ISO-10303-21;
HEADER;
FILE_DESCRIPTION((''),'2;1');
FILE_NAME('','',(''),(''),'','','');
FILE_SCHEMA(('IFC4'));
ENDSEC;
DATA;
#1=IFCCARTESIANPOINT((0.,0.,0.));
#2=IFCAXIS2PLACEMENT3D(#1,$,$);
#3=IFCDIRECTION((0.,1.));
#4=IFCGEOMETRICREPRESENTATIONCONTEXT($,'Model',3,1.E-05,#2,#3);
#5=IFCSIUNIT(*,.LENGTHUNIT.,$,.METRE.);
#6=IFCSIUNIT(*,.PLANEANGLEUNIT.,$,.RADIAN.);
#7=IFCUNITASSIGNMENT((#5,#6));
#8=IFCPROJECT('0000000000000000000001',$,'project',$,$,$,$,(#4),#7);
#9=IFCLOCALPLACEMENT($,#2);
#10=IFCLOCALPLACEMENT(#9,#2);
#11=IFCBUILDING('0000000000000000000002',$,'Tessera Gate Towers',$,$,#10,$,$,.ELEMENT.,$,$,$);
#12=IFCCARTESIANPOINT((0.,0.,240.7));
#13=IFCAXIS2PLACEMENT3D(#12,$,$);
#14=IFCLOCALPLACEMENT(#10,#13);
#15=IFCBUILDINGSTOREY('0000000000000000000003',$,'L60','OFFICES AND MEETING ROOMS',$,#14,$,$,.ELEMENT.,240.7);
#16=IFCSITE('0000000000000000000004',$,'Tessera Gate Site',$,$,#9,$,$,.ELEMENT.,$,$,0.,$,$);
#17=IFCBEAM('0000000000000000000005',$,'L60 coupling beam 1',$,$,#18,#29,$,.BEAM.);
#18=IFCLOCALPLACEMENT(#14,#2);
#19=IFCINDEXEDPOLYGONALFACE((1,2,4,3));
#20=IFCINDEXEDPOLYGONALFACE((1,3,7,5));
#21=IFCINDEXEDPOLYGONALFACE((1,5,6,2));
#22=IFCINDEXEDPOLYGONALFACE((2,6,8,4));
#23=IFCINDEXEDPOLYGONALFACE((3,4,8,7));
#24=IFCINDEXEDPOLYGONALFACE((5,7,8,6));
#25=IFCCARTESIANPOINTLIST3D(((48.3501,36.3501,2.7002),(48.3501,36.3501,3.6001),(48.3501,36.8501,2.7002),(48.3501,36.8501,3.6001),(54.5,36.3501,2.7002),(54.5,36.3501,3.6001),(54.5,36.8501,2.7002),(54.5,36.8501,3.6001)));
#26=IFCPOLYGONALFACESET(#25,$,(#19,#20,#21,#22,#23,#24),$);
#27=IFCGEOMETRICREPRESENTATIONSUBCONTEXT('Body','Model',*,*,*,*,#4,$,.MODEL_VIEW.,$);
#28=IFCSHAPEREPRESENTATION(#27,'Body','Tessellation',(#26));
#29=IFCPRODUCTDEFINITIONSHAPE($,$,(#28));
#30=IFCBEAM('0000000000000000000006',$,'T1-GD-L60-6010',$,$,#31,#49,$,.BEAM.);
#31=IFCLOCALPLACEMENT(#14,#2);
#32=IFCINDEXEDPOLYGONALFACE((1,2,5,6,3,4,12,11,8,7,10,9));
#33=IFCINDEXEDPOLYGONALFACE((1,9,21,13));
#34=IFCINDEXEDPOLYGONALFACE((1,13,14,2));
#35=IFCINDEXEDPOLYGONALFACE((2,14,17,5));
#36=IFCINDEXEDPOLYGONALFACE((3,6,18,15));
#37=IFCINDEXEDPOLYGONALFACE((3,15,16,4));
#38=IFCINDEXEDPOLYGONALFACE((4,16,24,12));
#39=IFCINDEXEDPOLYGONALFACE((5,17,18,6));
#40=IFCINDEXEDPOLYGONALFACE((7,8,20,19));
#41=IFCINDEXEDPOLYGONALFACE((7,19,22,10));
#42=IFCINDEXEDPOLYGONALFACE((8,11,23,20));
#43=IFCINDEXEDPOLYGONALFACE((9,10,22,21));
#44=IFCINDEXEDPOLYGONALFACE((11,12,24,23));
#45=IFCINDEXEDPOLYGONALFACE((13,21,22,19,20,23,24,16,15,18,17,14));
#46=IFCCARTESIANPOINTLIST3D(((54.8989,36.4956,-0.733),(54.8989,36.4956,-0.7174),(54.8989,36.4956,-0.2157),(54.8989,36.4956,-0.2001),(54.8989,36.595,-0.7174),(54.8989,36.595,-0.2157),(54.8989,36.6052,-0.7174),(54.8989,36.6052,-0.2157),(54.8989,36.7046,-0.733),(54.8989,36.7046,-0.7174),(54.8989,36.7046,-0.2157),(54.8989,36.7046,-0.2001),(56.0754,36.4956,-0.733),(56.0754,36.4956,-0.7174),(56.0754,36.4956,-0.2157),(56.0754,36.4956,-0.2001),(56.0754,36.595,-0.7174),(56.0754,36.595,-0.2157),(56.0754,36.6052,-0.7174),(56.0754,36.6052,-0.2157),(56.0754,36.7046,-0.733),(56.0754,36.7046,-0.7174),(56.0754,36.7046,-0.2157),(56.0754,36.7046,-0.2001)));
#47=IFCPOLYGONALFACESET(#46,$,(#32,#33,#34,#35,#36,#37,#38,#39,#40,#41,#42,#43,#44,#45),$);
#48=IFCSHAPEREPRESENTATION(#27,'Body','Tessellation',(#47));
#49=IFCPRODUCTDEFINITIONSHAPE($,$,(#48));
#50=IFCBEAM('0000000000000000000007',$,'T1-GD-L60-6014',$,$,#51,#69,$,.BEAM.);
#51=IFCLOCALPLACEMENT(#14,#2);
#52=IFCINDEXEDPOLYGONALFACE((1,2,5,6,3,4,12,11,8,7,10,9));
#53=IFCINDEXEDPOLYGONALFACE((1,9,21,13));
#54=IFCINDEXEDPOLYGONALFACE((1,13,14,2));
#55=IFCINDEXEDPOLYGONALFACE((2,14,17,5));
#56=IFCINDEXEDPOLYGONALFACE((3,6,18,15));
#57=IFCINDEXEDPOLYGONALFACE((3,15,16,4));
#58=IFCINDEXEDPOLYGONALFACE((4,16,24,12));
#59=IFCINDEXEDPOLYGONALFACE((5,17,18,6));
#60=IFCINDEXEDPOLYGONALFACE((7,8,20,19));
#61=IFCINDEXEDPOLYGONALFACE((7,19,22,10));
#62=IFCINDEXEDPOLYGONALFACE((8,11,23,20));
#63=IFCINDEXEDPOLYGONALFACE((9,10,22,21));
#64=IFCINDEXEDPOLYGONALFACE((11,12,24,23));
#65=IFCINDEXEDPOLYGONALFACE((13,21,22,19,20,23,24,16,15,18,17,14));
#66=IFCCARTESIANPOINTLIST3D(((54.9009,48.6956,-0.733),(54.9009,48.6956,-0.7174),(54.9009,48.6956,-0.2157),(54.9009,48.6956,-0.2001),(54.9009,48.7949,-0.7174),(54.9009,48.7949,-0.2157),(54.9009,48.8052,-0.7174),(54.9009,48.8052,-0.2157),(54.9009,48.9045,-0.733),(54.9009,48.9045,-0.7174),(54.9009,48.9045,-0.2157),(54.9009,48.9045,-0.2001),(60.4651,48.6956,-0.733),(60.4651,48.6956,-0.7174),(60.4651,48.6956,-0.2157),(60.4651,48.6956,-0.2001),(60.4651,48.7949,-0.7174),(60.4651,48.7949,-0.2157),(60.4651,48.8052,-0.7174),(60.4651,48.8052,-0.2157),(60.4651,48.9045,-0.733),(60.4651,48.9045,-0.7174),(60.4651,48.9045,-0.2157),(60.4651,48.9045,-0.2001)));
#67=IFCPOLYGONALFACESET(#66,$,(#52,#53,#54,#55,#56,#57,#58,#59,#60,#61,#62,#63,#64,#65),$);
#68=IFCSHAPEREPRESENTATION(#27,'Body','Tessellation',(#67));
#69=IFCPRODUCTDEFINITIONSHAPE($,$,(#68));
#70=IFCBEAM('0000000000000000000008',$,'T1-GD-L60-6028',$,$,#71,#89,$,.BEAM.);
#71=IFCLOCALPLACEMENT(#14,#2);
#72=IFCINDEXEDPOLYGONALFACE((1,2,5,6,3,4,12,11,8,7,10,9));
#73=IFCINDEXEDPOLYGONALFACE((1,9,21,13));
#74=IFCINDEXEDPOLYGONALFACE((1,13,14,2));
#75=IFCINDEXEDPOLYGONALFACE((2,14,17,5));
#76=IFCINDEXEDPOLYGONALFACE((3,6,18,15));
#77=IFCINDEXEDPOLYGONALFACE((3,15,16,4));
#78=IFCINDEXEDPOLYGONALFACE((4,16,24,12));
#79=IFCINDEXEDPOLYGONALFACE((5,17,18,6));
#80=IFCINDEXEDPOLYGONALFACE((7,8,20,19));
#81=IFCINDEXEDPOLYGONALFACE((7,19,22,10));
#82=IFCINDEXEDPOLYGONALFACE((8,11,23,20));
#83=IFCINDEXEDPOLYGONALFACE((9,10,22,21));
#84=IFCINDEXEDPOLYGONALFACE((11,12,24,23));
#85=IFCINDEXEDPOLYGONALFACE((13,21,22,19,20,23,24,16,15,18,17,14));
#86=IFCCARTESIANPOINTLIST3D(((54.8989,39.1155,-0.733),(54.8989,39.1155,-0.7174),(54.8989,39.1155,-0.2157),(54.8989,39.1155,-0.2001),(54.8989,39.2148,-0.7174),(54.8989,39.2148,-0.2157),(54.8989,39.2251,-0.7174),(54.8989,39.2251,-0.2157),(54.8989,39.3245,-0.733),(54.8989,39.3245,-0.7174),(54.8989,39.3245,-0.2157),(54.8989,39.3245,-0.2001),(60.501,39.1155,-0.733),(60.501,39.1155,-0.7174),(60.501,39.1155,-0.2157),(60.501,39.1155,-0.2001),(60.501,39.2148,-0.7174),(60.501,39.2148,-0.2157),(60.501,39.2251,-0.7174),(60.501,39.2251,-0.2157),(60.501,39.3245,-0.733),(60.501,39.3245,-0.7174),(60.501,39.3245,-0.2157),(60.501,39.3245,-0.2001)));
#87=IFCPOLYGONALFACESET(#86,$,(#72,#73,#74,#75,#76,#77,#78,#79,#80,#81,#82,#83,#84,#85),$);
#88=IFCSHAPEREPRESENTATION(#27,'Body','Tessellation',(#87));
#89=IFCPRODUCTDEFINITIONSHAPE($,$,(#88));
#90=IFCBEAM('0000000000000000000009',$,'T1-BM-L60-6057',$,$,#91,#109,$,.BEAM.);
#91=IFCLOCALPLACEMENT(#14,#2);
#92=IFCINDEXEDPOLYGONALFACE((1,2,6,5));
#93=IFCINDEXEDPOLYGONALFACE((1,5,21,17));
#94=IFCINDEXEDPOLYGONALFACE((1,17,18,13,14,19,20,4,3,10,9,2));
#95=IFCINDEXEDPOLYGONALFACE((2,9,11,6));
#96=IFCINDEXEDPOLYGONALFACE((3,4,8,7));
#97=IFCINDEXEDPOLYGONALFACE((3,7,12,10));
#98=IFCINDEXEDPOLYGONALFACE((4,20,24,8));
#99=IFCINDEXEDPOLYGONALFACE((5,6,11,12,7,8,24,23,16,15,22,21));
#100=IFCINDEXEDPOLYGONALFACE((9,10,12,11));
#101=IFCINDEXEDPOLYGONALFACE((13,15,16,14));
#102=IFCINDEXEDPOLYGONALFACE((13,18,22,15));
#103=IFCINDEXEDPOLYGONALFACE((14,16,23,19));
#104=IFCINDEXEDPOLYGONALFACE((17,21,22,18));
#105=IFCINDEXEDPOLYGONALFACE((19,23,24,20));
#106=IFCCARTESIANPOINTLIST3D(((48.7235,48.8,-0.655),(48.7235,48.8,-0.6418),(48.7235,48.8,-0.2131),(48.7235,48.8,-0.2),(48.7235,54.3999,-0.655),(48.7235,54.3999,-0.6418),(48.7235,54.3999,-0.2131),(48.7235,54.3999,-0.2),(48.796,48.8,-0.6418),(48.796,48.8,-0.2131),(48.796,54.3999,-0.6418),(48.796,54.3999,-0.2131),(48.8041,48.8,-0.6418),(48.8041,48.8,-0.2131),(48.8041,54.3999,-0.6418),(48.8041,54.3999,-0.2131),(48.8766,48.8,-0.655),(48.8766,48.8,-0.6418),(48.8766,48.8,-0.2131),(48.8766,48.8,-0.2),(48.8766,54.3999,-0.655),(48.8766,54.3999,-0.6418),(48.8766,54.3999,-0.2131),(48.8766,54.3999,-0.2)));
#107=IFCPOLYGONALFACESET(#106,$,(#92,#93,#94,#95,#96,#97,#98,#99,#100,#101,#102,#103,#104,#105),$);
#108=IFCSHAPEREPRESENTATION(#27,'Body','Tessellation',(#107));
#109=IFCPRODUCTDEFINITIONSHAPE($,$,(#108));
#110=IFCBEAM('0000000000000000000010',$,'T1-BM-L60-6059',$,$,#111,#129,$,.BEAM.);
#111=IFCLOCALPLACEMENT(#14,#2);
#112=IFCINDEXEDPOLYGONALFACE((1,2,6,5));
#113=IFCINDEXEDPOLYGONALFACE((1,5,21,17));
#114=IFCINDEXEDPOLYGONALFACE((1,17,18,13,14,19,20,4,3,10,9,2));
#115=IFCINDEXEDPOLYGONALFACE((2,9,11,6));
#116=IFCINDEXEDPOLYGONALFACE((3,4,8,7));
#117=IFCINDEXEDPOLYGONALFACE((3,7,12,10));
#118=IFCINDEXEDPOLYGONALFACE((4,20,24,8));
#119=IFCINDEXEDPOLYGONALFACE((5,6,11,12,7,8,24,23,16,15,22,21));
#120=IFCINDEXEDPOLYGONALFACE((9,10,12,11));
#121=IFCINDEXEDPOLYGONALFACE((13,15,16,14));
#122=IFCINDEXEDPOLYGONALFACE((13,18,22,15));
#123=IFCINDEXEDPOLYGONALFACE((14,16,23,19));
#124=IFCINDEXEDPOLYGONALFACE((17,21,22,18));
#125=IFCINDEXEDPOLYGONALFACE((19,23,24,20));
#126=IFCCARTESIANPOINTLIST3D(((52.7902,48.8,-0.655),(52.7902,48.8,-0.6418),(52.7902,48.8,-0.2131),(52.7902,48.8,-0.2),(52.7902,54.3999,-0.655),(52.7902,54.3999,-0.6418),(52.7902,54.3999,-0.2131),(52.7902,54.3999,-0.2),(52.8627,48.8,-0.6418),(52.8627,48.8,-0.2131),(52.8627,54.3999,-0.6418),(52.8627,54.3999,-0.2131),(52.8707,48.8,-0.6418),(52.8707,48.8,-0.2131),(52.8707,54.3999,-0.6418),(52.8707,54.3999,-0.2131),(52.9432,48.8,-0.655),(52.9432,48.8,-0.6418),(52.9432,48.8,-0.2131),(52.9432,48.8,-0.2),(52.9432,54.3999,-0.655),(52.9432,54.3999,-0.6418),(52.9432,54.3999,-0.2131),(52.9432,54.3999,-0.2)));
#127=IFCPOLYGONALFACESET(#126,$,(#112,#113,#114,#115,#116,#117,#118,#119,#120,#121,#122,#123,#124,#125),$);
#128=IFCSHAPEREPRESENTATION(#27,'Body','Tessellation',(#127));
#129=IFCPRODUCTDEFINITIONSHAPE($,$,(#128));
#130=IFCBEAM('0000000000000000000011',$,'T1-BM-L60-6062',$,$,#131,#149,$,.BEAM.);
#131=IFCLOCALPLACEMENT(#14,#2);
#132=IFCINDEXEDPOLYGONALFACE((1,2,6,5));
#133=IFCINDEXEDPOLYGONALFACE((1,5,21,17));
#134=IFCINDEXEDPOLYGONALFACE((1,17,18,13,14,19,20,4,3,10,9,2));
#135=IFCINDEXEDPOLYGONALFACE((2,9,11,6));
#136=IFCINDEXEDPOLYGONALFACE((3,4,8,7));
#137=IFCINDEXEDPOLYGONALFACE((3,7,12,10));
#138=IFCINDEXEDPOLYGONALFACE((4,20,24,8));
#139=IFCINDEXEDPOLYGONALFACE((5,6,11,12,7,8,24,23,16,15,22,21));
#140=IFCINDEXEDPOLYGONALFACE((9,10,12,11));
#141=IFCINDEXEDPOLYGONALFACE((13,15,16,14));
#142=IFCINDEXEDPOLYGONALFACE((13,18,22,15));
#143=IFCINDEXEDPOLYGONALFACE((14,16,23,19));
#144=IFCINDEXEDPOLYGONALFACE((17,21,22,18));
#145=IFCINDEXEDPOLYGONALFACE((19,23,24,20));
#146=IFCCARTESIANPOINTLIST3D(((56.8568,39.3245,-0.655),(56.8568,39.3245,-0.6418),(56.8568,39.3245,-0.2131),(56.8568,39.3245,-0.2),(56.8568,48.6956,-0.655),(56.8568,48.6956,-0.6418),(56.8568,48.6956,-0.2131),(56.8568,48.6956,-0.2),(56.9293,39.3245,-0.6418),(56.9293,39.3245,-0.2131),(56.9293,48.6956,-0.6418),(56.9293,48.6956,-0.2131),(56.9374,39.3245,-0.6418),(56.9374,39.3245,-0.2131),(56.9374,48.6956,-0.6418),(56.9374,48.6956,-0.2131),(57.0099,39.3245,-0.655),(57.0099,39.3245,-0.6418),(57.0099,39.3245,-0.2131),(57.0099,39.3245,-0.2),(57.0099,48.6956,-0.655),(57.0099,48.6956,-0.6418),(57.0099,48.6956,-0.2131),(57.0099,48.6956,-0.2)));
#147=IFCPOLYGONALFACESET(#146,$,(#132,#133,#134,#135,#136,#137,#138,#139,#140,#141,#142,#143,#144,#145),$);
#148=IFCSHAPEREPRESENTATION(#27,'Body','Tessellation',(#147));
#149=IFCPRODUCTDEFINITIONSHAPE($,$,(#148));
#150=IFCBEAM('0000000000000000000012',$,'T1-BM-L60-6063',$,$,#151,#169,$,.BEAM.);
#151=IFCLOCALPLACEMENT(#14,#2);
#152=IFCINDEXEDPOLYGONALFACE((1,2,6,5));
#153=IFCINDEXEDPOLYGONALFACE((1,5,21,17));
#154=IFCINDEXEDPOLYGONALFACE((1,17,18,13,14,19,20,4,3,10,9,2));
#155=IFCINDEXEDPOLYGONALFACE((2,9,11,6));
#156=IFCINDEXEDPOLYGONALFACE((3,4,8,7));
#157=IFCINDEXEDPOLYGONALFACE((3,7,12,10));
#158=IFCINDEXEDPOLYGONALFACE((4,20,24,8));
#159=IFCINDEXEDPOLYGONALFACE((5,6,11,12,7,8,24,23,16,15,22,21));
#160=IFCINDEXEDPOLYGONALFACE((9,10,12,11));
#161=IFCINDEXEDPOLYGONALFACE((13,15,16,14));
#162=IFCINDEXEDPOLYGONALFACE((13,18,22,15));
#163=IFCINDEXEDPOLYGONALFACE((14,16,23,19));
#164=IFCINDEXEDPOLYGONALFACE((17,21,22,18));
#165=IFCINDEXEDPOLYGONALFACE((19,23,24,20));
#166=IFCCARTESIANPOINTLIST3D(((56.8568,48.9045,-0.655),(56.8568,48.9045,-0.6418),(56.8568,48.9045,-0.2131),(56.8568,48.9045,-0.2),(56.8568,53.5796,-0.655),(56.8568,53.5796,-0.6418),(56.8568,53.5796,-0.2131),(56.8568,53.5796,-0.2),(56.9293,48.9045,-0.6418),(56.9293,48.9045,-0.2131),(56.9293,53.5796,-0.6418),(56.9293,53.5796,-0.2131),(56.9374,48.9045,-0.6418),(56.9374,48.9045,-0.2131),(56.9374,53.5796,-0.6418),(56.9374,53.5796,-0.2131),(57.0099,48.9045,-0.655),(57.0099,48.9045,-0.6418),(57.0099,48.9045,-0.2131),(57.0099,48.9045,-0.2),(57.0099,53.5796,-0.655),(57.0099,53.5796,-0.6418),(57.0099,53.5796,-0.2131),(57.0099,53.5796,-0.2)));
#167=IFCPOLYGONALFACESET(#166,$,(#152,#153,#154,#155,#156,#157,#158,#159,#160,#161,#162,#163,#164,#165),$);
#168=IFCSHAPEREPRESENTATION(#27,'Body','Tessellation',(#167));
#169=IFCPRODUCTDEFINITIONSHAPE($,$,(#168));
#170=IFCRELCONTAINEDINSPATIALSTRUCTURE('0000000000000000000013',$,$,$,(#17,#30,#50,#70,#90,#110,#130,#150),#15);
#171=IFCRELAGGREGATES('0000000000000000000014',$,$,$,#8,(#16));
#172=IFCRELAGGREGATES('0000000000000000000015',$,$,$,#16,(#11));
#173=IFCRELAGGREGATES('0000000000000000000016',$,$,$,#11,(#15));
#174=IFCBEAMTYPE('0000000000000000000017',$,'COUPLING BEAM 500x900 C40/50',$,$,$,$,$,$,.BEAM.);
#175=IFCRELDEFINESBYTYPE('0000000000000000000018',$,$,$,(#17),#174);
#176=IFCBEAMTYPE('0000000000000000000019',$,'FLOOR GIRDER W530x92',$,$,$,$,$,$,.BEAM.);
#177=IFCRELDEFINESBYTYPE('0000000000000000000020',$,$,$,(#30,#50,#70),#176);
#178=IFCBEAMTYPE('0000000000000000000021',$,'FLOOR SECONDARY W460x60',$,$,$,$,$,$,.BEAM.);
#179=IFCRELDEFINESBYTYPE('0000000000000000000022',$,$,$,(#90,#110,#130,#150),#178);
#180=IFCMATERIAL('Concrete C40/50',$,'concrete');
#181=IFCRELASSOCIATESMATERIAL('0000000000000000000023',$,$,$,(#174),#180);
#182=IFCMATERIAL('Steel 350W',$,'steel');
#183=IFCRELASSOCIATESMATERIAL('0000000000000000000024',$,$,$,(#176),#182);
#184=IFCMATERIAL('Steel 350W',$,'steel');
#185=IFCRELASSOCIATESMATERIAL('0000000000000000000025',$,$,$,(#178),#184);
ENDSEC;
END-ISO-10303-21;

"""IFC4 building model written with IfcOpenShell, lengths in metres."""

from ifc_helpers import new_model, si_unit, direction, frame, origin, origin_2d, place, context, subcontext, project, spatial, rectangle, i_section, extrude, material, material_profile, profile_set, type_object, element, save


model = new_model("IFC4")

# Units and contexts
model_context = context("Model", 3, precision=1e-05, world=origin(), true_north=direction((0.0, 1.0)))
body_context = subcontext(model_context, "Body", "Model", "MODEL_VIEW")
ifc_project = project(units=[si_unit("LENGTHUNIT", "METRE"), si_unit("PLANEANGLEUNIT", "RADIAN")], contexts=[model_context])

# Site, building, storey
site_placement = place(None, origin())
site = spatial("IfcSite", under=ifc_project, at=site_placement, Name="Tessera Gate Site", CompositionType="ELEMENT", RefElevation=0.0)
building_placement = place(site_placement, origin())
building = spatial("IfcBuilding", under=site, at=building_placement, Name="Tessera Gate Towers", CompositionType="ELEMENT")
storey_placement = place(building_placement, frame((0.0, 0.0, 240.7)))
storey = spatial("IfcBuildingStorey", under=building, at=storey_placement, Name="L60", Description="OFFICES AND MEETING ROOMS", CompositionType="ELEMENT", Elevation=240.7)

# Beams
ifc_material_1 = material(Name="Concrete C40/50", Category="concrete")
ifc_material_profile_1 = material_profile(ifc_material_1, rectangle(XDim=0.5, YDim=0.8999, at=origin_2d()), Name="RC 500x900")
ifc_profile_set_1 = profile_set([ifc_material_profile_1], Name="Concrete C40/50")
beam_type_1 = type_object("IfcBeamType", Name="COUPLING BEAM 500x900 C40/50", PredefinedType="BEAM", material=ifc_profile_set_1)
beam_1_placement = place(storey_placement, frame((48.3501, 36.6001, 3.1501), z_axis=(1.0, 0.0, 0.0), x_axis=(0.0, 1.0, 0.0)))
element("IfcBeam", 1, at=beam_1_placement, inside=storey, type_object=beam_type_1, Name="L60 coupling beam 1", PredefinedType="BEAM", context=body_context, shape_type="SweptSolid", body=[
    extrude(rectangle(XDim=0.5, YDim=0.8999, at=origin_2d()), origin(), (0.0, 0.0, 1.0), 6.1499),
])
ifc_material_2 = material(Name="Steel 350W", Category="steel")
ifc_material_profile_2 = material_profile(ifc_material_2, i_section(OverallWidth=0.209, OverallDepth=0.533, WebThickness=0.0103, FlangeThickness=0.0156, at=origin_2d()), Name="W530x92")
ifc_profile_set_2 = profile_set([ifc_material_profile_2], Name="Steel 350W")
beam_type_2 = type_object("IfcBeamType", Name="FLOOR GIRDER W530x92", PredefinedType="BEAM", material=ifc_profile_set_2)
beam_2_placement = place(storey_placement, frame((54.8989, 36.6001, -0.4666), z_axis=(1.0, 0.0, 0.0), x_axis=(0.0, 1.0, 0.0)))
element("IfcBeam", 2, at=beam_2_placement, inside=storey, type_object=beam_type_2, Name="T1-GD-L60-6010", PredefinedType="BEAM", context=body_context, shape_type="SweptSolid", body=[
    extrude(i_section(OverallWidth=0.209, OverallDepth=0.533, WebThickness=0.0103, FlangeThickness=0.0156, at=origin_2d()), origin(), (0.0, 0.0, 1.0), 1.1765),
])
beam_3_placement = place(storey_placement, frame((54.9009, 48.8, -0.4666), z_axis=(1.0, 0.0, 0.0), x_axis=(0.0, 1.0, 0.0)))
element("IfcBeam", 3, at=beam_3_placement, inside=storey, type_object=beam_type_2, Name="T1-GD-L60-6014", PredefinedType="BEAM", context=body_context, shape_type="SweptSolid", body=[
    extrude(i_section(OverallWidth=0.209, OverallDepth=0.533, WebThickness=0.0103, FlangeThickness=0.0156, at=origin_2d()), origin(), (0.0, 0.0, 1.0), 5.5642),
])
beam_4_placement = place(storey_placement, frame((54.8989, 39.22, -0.4666), z_axis=(1.0, 0.0, 0.0), x_axis=(0.0, 1.0, 0.0)))
element("IfcBeam", 4, at=beam_4_placement, inside=storey, type_object=beam_type_2, Name="T1-GD-L60-6028", PredefinedType="BEAM", context=body_context, shape_type="SweptSolid", body=[
    extrude(i_section(OverallWidth=0.209, OverallDepth=0.533, WebThickness=0.0103, FlangeThickness=0.0156, at=origin_2d()), origin(), (0.0, 0.0, 1.0), 5.6021),
])
ifc_material_3 = material(Name="Steel 350W", Category="steel")
ifc_material_profile_3 = material_profile(ifc_material_3, i_section(OverallWidth=0.1531, OverallDepth=0.4551, WebThickness=0.0081, FlangeThickness=0.0132, at=origin_2d()), Name="W460x60")
ifc_profile_set_3 = profile_set([ifc_material_profile_3], Name="Steel 350W")
beam_type_3 = type_object("IfcBeamType", Name="FLOOR SECONDARY W460x60", PredefinedType="BEAM", material=ifc_profile_set_3)
for number, where, z_axis, x_axis, name in (
    (5, (48.8, 48.8, -0.4275), (0.0, 1.0, 0.0), (-1.0, 0.0, 0.0), "T1-BM-L60-6057"),
    (6, (52.8667, 48.8, -0.4275), (0.0, 1.0, 0.0), (-1.0, 0.0, 0.0), "T1-BM-L60-6059"),
):
    element("IfcBeam", number, at=place(storey_placement, frame(where, z_axis=z_axis, x_axis=x_axis)), inside=storey, type_object=beam_type_3, Name=name, PredefinedType="BEAM", context=body_context, shape_type="SweptSolid", body=[
        extrude(i_section(OverallWidth=0.1531, OverallDepth=0.4551, WebThickness=0.0081, FlangeThickness=0.0132, at=origin_2d()), origin(), (0.0, 0.0, 1.0), 5.5999),
    ])
beam_5_placement = place(storey_placement, frame((56.9333, 39.3245, -0.4275), z_axis=(0.0, 1.0, 0.0), x_axis=(-1.0, 0.0, 0.0)))
element("IfcBeam", 7, at=beam_5_placement, inside=storey, type_object=beam_type_3, Name="T1-BM-L60-6062", PredefinedType="BEAM", context=body_context, shape_type="SweptSolid", body=[
    extrude(i_section(OverallWidth=0.1531, OverallDepth=0.4551, WebThickness=0.0081, FlangeThickness=0.0132, at=origin_2d()), origin(), (0.0, 0.0, 1.0), 9.3711),
])
beam_6_placement = place(storey_placement, frame((56.9333, 48.9045, -0.4275), z_axis=(0.0, 1.0, 0.0), x_axis=(-1.0, 0.0, 0.0)))
element("IfcBeam", 8, at=beam_6_placement, inside=storey, type_object=beam_type_3, Name="T1-BM-L60-6063", PredefinedType="BEAM", context=body_context, shape_type="SweptSolid", body=[
    extrude(i_section(OverallWidth=0.1531, OverallDepth=0.4551, WebThickness=0.0081, FlangeThickness=0.0132, at=origin_2d()), origin(), (0.0, 0.0, 1.0), 4.675),
])

save(model, "model.ifc")
